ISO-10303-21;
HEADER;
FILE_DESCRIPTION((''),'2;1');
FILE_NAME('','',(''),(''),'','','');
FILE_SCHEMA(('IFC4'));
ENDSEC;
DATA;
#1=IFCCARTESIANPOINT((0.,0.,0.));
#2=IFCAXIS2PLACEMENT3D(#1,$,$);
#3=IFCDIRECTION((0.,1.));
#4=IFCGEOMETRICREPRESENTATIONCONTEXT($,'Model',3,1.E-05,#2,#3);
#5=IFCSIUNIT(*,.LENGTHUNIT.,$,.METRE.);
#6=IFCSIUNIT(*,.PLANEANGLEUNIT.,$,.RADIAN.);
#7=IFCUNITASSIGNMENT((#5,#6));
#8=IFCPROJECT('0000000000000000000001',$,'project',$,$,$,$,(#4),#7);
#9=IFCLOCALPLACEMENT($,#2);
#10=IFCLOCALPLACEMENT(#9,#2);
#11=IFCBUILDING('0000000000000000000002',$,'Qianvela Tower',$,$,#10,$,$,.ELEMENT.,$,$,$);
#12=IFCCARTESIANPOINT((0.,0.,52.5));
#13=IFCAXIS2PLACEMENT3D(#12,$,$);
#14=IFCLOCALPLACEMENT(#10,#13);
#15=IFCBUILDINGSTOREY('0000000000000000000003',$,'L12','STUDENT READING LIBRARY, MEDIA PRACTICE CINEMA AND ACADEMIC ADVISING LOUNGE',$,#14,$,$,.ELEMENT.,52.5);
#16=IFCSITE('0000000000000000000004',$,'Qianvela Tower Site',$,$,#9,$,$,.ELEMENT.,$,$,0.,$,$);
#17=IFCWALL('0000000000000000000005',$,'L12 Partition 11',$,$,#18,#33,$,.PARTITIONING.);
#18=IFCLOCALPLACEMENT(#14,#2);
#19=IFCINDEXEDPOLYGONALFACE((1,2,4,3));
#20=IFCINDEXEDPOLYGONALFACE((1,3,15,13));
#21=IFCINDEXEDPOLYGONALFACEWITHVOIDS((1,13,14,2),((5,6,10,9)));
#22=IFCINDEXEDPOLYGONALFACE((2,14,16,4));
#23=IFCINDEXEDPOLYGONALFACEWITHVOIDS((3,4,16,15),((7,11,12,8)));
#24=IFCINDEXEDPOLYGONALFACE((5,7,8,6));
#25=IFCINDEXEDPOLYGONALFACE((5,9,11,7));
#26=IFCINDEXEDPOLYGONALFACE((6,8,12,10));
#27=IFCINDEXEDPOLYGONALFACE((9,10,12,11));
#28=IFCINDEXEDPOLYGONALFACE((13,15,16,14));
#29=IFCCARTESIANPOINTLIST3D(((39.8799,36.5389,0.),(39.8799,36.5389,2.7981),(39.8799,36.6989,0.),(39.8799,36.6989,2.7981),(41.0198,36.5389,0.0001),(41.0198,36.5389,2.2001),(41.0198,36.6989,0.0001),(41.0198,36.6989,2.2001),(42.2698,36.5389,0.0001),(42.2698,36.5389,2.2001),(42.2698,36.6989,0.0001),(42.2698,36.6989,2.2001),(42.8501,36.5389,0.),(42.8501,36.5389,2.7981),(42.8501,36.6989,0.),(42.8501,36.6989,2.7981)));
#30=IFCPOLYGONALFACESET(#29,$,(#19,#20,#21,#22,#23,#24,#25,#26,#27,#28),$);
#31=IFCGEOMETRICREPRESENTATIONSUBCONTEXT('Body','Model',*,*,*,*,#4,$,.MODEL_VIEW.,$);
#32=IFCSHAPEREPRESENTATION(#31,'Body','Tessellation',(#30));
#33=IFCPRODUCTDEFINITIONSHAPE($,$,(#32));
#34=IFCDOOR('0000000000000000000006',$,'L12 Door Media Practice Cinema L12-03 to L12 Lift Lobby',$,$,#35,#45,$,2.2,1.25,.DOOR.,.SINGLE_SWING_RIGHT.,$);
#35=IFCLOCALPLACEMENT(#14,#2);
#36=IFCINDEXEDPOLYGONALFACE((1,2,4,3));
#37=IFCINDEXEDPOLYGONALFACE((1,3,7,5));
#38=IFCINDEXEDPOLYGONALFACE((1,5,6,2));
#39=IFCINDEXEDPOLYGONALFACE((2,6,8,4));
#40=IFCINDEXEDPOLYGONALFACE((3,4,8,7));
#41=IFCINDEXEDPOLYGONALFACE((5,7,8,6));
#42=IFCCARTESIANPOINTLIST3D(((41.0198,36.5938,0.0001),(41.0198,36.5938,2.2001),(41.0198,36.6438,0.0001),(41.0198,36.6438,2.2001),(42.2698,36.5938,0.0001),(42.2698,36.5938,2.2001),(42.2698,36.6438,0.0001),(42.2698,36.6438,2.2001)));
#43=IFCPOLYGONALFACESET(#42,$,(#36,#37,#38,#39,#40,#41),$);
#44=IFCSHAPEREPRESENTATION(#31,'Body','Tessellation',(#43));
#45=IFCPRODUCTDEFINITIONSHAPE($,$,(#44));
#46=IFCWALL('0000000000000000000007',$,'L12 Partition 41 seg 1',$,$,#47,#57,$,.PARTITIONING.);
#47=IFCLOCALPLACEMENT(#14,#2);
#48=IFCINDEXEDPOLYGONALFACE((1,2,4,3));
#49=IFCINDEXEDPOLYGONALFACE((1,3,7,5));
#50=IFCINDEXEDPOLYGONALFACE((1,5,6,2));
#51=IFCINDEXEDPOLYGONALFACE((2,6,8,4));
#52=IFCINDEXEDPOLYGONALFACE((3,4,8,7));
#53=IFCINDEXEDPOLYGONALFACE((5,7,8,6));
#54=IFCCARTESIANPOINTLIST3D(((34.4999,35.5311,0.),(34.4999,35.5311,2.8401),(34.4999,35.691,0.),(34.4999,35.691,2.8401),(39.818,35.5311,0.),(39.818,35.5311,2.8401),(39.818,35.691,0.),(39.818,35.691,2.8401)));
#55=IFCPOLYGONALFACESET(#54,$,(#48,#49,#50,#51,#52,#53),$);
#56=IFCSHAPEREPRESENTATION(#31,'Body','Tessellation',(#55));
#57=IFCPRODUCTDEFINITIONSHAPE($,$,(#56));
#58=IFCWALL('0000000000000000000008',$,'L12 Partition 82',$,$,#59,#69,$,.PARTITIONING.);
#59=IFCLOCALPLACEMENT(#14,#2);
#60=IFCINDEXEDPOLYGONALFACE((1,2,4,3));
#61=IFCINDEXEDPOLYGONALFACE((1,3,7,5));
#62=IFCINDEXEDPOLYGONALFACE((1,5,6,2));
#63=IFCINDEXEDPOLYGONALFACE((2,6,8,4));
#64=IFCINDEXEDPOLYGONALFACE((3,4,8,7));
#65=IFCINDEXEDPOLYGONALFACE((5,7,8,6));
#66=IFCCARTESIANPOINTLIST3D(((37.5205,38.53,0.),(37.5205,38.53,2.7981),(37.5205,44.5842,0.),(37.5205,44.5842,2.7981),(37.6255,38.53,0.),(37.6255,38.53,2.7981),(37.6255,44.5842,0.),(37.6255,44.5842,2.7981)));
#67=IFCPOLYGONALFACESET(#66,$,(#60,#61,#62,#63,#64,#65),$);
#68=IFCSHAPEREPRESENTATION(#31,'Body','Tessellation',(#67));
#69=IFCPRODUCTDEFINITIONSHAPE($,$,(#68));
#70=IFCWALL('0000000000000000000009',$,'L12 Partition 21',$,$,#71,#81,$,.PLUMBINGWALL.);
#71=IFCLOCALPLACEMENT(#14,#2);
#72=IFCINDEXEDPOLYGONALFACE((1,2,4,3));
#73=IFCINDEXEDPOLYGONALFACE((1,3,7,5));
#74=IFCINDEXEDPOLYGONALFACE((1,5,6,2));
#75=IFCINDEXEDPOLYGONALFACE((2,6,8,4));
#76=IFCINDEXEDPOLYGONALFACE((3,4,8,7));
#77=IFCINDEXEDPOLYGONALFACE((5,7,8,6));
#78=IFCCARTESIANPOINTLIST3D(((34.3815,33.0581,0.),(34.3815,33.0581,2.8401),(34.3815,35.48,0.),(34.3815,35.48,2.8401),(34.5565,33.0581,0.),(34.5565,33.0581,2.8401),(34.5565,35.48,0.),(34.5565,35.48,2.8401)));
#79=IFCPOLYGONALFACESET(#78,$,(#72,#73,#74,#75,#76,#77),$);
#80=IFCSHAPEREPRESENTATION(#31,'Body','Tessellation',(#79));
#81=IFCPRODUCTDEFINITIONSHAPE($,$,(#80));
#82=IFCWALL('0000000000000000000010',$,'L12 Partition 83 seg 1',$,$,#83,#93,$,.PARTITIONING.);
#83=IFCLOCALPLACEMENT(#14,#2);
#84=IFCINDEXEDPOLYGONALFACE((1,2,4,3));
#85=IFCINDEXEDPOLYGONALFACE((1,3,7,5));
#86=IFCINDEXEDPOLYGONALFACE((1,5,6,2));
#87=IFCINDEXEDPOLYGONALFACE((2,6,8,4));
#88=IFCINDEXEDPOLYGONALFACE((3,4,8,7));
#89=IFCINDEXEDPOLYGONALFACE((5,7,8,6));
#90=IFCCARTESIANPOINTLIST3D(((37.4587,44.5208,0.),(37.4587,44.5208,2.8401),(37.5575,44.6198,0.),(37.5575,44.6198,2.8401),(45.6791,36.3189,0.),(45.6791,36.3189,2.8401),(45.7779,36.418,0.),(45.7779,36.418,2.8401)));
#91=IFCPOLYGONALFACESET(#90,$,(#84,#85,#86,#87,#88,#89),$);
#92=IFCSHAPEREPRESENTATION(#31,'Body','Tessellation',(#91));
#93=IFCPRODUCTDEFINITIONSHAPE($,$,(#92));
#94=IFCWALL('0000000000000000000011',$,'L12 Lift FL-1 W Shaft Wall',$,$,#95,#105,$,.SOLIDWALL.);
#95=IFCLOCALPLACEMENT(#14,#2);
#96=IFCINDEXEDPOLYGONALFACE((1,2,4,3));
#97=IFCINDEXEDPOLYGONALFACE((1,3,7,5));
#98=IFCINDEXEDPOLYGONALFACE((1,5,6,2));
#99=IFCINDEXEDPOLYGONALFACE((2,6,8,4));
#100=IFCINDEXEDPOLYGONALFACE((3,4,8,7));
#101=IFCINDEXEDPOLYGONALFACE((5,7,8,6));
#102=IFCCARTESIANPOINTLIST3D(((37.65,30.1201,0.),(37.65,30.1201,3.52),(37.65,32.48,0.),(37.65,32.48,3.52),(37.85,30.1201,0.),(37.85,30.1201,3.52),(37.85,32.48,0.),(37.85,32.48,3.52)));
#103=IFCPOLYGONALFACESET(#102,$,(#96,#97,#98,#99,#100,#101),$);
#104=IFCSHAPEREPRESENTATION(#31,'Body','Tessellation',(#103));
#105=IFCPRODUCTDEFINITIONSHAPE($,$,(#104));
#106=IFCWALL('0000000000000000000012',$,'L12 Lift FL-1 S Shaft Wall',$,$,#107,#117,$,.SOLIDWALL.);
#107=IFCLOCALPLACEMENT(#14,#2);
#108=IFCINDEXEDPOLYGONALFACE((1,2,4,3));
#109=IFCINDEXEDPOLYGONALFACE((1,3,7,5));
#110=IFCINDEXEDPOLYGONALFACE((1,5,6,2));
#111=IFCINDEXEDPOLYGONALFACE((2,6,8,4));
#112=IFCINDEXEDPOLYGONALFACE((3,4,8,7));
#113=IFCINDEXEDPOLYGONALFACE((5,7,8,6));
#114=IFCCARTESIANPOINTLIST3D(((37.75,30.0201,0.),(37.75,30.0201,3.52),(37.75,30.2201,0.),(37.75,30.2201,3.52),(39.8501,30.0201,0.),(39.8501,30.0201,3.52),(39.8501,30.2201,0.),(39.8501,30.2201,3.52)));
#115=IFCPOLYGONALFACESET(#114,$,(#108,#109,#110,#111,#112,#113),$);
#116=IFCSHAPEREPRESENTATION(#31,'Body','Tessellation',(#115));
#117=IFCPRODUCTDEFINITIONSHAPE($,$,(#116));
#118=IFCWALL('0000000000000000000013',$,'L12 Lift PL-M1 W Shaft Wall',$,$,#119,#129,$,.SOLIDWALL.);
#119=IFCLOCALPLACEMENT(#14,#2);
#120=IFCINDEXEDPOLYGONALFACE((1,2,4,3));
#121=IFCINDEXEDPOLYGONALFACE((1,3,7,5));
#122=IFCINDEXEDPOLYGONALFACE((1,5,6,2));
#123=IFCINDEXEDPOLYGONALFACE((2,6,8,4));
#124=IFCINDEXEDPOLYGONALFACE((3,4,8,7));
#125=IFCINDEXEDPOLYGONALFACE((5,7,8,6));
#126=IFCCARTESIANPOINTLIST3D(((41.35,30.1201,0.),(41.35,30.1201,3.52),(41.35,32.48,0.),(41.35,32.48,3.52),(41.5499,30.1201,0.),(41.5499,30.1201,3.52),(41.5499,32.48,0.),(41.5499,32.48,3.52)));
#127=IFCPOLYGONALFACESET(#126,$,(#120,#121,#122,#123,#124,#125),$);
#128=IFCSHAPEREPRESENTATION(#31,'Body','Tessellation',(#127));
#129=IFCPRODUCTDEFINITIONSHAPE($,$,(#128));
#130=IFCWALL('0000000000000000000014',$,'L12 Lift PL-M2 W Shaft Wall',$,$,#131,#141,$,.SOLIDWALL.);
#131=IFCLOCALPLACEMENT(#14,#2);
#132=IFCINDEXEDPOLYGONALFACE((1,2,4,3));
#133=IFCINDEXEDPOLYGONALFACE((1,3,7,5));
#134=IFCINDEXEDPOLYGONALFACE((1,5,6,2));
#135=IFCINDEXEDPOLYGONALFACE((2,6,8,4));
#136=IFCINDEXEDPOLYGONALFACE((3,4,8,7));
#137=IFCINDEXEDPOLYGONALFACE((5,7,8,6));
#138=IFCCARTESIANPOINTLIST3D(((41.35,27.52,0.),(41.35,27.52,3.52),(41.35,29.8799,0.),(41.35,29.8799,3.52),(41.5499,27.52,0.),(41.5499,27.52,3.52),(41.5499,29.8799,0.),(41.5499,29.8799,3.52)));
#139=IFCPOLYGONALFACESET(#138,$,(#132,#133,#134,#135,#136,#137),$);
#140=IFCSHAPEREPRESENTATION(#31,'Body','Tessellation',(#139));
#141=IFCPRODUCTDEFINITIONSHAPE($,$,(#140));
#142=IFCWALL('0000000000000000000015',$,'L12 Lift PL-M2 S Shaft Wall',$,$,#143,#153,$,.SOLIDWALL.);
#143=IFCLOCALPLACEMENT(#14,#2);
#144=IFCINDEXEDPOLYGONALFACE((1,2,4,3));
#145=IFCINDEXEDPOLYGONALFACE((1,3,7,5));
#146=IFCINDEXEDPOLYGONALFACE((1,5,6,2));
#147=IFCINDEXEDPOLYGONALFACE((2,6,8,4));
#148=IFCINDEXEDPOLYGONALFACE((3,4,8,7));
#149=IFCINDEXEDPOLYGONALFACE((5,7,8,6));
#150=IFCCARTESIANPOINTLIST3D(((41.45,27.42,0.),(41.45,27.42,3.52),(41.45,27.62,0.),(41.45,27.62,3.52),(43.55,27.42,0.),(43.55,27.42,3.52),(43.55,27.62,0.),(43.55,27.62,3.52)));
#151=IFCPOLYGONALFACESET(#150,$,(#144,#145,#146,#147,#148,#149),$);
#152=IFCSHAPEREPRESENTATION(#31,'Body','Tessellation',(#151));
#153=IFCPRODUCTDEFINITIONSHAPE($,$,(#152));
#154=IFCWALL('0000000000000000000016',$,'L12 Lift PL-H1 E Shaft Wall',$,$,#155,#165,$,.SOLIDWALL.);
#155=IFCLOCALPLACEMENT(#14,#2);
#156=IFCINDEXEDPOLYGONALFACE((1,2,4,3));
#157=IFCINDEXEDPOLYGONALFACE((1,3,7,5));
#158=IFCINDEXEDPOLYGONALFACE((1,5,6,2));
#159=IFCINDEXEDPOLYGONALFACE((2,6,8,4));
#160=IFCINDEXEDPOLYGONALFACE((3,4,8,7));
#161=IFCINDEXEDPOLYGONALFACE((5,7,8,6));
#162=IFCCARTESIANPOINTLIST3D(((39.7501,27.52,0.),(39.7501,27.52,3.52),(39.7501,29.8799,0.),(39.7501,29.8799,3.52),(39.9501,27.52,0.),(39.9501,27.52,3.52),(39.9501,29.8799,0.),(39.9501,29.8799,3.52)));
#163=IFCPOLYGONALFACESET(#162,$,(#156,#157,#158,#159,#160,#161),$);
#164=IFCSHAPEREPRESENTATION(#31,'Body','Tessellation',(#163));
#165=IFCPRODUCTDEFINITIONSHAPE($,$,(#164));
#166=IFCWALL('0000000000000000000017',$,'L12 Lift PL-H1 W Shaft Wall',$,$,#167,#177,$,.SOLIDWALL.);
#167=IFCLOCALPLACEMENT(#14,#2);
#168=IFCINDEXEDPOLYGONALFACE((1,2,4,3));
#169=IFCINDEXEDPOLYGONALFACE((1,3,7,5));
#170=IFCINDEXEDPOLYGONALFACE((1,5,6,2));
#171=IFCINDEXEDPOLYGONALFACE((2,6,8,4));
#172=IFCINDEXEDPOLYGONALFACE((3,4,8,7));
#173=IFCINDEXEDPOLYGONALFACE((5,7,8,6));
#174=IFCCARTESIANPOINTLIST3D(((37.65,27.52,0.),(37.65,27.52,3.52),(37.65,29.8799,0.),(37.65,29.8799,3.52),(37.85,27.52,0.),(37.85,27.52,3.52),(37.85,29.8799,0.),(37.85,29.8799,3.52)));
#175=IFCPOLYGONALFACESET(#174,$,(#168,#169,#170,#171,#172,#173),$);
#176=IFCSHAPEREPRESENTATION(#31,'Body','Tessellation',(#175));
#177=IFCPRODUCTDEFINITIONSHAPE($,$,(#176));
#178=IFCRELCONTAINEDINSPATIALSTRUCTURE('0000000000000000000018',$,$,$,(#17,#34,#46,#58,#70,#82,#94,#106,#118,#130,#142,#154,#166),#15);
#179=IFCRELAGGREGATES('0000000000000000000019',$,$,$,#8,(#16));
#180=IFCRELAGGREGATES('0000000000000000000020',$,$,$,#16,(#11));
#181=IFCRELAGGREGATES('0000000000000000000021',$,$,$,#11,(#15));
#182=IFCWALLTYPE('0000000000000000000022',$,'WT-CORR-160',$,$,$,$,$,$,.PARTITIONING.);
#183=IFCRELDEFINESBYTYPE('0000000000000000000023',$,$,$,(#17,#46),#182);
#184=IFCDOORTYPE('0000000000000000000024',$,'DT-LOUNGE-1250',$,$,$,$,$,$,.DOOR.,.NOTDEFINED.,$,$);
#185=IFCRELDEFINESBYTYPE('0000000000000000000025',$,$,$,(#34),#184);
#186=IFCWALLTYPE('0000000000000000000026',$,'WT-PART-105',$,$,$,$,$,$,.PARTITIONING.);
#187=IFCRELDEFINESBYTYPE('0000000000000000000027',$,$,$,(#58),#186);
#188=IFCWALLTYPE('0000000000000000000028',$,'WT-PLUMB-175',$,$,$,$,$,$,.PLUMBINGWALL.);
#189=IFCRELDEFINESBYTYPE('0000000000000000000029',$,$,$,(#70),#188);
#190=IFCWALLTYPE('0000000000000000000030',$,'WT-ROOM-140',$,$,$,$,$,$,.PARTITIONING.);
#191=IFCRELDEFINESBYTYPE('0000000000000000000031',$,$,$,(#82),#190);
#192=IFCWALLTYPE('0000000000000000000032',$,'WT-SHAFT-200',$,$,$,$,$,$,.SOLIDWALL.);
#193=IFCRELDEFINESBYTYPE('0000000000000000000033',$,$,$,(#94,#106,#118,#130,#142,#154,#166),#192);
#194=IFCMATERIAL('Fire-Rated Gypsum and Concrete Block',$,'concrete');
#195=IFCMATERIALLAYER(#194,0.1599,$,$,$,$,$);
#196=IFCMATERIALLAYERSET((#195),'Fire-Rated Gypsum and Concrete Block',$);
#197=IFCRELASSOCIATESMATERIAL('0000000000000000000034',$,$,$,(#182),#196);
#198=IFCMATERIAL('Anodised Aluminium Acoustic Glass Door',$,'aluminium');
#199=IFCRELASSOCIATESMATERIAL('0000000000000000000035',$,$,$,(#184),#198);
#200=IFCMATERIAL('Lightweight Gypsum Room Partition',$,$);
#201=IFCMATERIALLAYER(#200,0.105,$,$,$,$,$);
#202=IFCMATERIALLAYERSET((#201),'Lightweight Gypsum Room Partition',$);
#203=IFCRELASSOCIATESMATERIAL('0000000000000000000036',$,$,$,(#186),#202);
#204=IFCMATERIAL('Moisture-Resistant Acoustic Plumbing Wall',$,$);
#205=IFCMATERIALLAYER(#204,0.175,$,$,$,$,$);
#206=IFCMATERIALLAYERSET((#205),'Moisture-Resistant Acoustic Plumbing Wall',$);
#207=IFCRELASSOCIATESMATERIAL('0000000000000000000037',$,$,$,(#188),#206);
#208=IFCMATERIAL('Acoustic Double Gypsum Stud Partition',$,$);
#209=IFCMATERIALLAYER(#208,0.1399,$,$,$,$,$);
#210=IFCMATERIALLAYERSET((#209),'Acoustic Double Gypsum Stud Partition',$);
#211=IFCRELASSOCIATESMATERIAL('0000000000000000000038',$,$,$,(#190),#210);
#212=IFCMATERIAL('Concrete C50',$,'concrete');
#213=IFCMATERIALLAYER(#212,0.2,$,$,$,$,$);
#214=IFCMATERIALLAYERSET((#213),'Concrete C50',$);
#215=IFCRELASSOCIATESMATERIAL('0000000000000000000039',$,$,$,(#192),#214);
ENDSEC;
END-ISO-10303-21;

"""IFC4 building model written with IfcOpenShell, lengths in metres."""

from ifc_helpers import new_model, si_unit, direction, frame, frame_2d, origin, place, context, subcontext, project, spatial, rectangle, extrude, material, layer, layer_set, type_object, element, fill, save


model = new_model("IFC4")

# Units and contexts
model_context = context("Model", 3, precision=1e-05, world=origin(), true_north=direction((0.0, 1.0)))
body_context = subcontext(model_context, "Body", "Model", "MODEL_VIEW")
ifc_project = project(units=[si_unit("LENGTHUNIT", "METRE"), si_unit("PLANEANGLEUNIT", "RADIAN")], contexts=[model_context])

# Site, building, storey
site_placement = place(None, origin())
site = spatial("IfcSite", under=ifc_project, at=site_placement, Name="Qianvela Tower Site", CompositionType="ELEMENT", RefElevation=0.0)
building_placement = place(site_placement, origin())
building = spatial("IfcBuilding", under=site, at=building_placement, Name="Qianvela Tower", CompositionType="ELEMENT")
storey_placement = place(building_placement, frame((0.0, 0.0, 52.5)))
storey = spatial("IfcBuildingStorey", under=building, at=storey_placement, Name="L12", Description="STUDENT READING LIBRARY, MEDIA PRACTICE CINEMA AND ACADEMIC ADVISING LOUNGE", CompositionType="ELEMENT", Elevation=52.5)

# Wall, opening, door
ifc_material_1 = material(Name="Fire-Rated Gypsum and Concrete Block", Category="concrete")
ifc_layer_1 = layer(ifc_material_1, 0.1599)
ifc_layer_set_1 = layer_set([ifc_layer_1], Name="Fire-Rated Gypsum and Concrete Block")
wall_type_1 = type_object("IfcWallType", Name="WT-CORR-160", PredefinedType="PARTITIONING", material=ifc_layer_set_1)
wall_1_placement = place(storey_placement, frame((39.8799, 36.6189, 0.0), z_axis=(0.0, 0.0, 1.0), x_axis=(1.0, 0.0, 0.0)))
wall_1 = element("IfcWall", 1, at=wall_1_placement, inside=storey, type_object=wall_type_1, Name="L12 Partition 11", PredefinedType="PARTITIONING", context=body_context, shape_type="SweptSolid", body=[
    extrude(rectangle(XDim=2.9702, YDim=0.1599, at=frame_2d((1.4851, 0.0))), origin(), (0.0, 0.0, 1.0), 2.7981),
])
opening_1_placement = place(wall_1_placement, frame((1.1399, 0.0, 0.0)))
opening_1 = element("IfcOpeningElement", 2, at=opening_1_placement, cuts=wall_1, PredefinedType="OPENING", context=body_context, shape_type="SweptSolid", body=[
    extrude(rectangle(XDim=1.25, YDim=2.2, at=frame_2d((0.625, 1.1001))), frame((0.0, 0.0898, 0.0), z_axis=(0.0, -1.0, 0.0), x_axis=(1.0, 0.0, 0.0)), (0.0, 0.0, 1.0), 0.1799),
])
ifc_material_2 = material(Name="Anodised Aluminium Acoustic Glass Door", Category="aluminium")
door_type_1 = type_object("IfcDoorType", Name="DT-LOUNGE-1250", OperationType="NOTDEFINED", PredefinedType="DOOR", material=ifc_material_2)
door_1_placement = place(opening_1_placement, origin())
door_1 = element("IfcDoor", 3, at=door_1_placement, inside=storey, type_object=door_type_1, Name="L12 Door Media Practice Cinema L12-03 to L12 Lift Lobby", OperationType="SINGLE_SWING_RIGHT", OverallHeight=2.2, OverallWidth=1.25, PredefinedType="DOOR", context=body_context, shape_type="SweptSolid", body=[
    extrude(rectangle(XDim=1.25, YDim=2.2, at=frame_2d((0.625, 1.1001))), frame((0.0, 0.0249, 0.0), z_axis=(0.0, -1.0, 0.0), x_axis=(1.0, 0.0, 0.0)), (0.0, 0.0, 1.0), 0.05),
])
fill(opening_1, door_1)

# Walls
wall_2_placement = place(storey_placement, frame((39.8181, 35.6111, 0.0), z_axis=(0.0, 0.0, 1.0), x_axis=(-1.0, 0.0, 0.0)))
element("IfcWall", 4, at=wall_2_placement, inside=storey, type_object=wall_type_1, Name="L12 Partition 41 seg 1", PredefinedType="PARTITIONING", context=body_context, shape_type="SweptSolid", body=[
    extrude(rectangle(XDim=5.3181, YDim=0.1599, at=frame_2d((2.6592, 0.0))), origin(), (0.0, 0.0, 1.0), 2.8401),
])
ifc_material_3 = material(Name="Lightweight Gypsum Room Partition")
ifc_layer_2 = layer(ifc_material_3, 0.105)
ifc_layer_set_2 = layer_set([ifc_layer_2], Name="Lightweight Gypsum Room Partition")
wall_type_2 = type_object("IfcWallType", Name="WT-PART-105", PredefinedType="PARTITIONING", material=ifc_layer_set_2)
wall_3_placement = place(storey_placement, frame((37.573, 38.53, 0.0), z_axis=(0.0, 0.0, 1.0), x_axis=(0.0, 1.0, 0.0)))
element("IfcWall", 5, at=wall_3_placement, inside=storey, type_object=wall_type_2, Name="L12 Partition 82", PredefinedType="PARTITIONING", context=body_context, shape_type="SweptSolid", body=[
    extrude(rectangle(XDim=6.0542, YDim=0.105, at=frame_2d((3.0271, 0.0))), origin(), (0.0, 0.0, 1.0), 2.7981),
])
ifc_material_4 = material(Name="Moisture-Resistant Acoustic Plumbing Wall")
ifc_layer_3 = layer(ifc_material_4, 0.175)
ifc_layer_set_3 = layer_set([ifc_layer_3], Name="Moisture-Resistant Acoustic Plumbing Wall")
wall_type_3 = type_object("IfcWallType", Name="WT-PLUMB-175", PredefinedType="PLUMBINGWALL", material=ifc_layer_set_3)
wall_4_placement = place(storey_placement, frame((34.469, 35.48, 0.0), z_axis=(0.0, 0.0, 1.0), x_axis=(0.0, -1.0, 0.0)))
element("IfcWall", 6, at=wall_4_placement, inside=storey, type_object=wall_type_3, Name="L12 Partition 21", PredefinedType="PLUMBINGWALL", context=body_context, shape_type="SweptSolid", body=[
    extrude(rectangle(XDim=2.4219, YDim=0.175, at=frame_2d((1.2109, 0.0))), origin(), (0.0, 0.0, 1.0), 2.8401),
])
ifc_material_5 = material(Name="Acoustic Double Gypsum Stud Partition")
ifc_layer_4 = layer(ifc_material_5, 0.1399)
ifc_layer_set_4 = layer_set([ifc_layer_4], Name="Acoustic Double Gypsum Stud Partition")
wall_type_4 = type_object("IfcWallType", Name="WT-ROOM-140", PredefinedType="PARTITIONING", material=ifc_layer_set_4)
wall_5_placement = place(storey_placement, frame((37.5081, 44.5703, 0.0), z_axis=(0.0, 0.0, 1.0), x_axis=(0.707905, -0.706307, 0.0)))
element("IfcWall", 7, at=wall_5_placement, inside=storey, type_object=wall_type_4, Name="L12 Partition 83 seg 1", PredefinedType="PARTITIONING", context=body_context, shape_type="SweptSolid", body=[
    extrude(rectangle(XDim=11.6123, YDim=0.1399, at=frame_2d((5.8062, 0.0))), origin(), (0.0, 0.0, 1.0), 2.8401),
])

# Shared definitions
ifc_material_6 = material(Name="Concrete C50", Category="concrete")
ifc_layer_5 = layer(ifc_material_6, 0.2)
ifc_layer_set_5 = layer_set([ifc_layer_5], Name="Concrete C50")
wall_type_5 = type_object("IfcWallType", Name="WT-SHAFT-200", PredefinedType="SOLIDWALL", material=ifc_layer_set_5)

# Walls
wall_6_placement = place(storey_placement, frame((37.75, 30.1201, 0.0), z_axis=(0.0, 0.0, 1.0), x_axis=(0.0, 1.0, 0.0)))
element("IfcWall", 8, at=wall_6_placement, inside=storey, type_object=wall_type_5, Name="L12 Lift FL-1 W Shaft Wall", PredefinedType="SOLIDWALL", context=body_context, shape_type="SweptSolid", body=[
    extrude(rectangle(XDim=2.3599, YDim=0.2, at=frame_2d((1.1799, 0.0))), origin(), (0.0, 0.0, 1.0), 3.52),
])
wall_7_placement = place(storey_placement, frame((37.75, 30.1201, 0.0), z_axis=(0.0, 0.0, 1.0), x_axis=(1.0, 0.0, 0.0)))
element("IfcWall", 9, at=wall_7_placement, inside=storey, type_object=wall_type_5, Name="L12 Lift FL-1 S Shaft Wall", PredefinedType="SOLIDWALL", context=body_context, shape_type="SweptSolid", body=[
    extrude(rectangle(XDim=2.1001, YDim=0.2, at=frame_2d((1.05, 0.0))), origin(), (0.0, 0.0, 1.0), 3.52),
])
for number, where, z_axis, x_axis, name in (
    (10, (41.45, 30.1201, 0.0), (0.0, 0.0, 1.0), (0.0, 1.0, 0.0), "L12 Lift PL-M1 W Shaft Wall"),
    (11, (41.45, 27.52, 0.0), (0.0, 0.0, 1.0), (0.0, 1.0, 0.0), "L12 Lift PL-M2 W Shaft Wall"),
):
    element("IfcWall", number, at=place(storey_placement, frame(where, z_axis=z_axis, x_axis=x_axis)), inside=storey, type_object=wall_type_5, Name=name, PredefinedType="SOLIDWALL", context=body_context, shape_type="SweptSolid", body=[
        extrude(rectangle(XDim=2.3599, YDim=0.2, at=frame_2d((1.1799, 0.0))), origin(), (0.0, 0.0, 1.0), 3.52),
    ])
wall_8_placement = place(storey_placement, frame((41.45, 27.52, 0.0), z_axis=(0.0, 0.0, 1.0), x_axis=(1.0, 0.0, 0.0)))
element("IfcWall", 12, at=wall_8_placement, inside=storey, type_object=wall_type_5, Name="L12 Lift PL-M2 S Shaft Wall", PredefinedType="SOLIDWALL", context=body_context, shape_type="SweptSolid", body=[
    extrude(rectangle(XDim=2.1001, YDim=0.2, at=frame_2d((1.05, 0.0))), origin(), (0.0, 0.0, 1.0), 3.52),
])
for number, where, z_axis, x_axis, name in (
    (13, (39.8501, 27.52, 0.0), (0.0, 0.0, 1.0), (0.0, 1.0, 0.0), "L12 Lift PL-H1 E Shaft Wall"),
    (14, (37.75, 27.52, 0.0), (0.0, 0.0, 1.0), (0.0, 1.0, 0.0), "L12 Lift PL-H1 W Shaft Wall"),
):
    element("IfcWall", number, at=place(storey_placement, frame(where, z_axis=z_axis, x_axis=x_axis)), inside=storey, type_object=wall_type_5, Name=name, PredefinedType="SOLIDWALL", context=body_context, shape_type="SweptSolid", body=[
        extrude(rectangle(XDim=2.3599, YDim=0.2, at=frame_2d((1.1799, 0.0))), origin(), (0.0, 0.0, 1.0), 3.52),
    ])

save(model, "model.ifc")
